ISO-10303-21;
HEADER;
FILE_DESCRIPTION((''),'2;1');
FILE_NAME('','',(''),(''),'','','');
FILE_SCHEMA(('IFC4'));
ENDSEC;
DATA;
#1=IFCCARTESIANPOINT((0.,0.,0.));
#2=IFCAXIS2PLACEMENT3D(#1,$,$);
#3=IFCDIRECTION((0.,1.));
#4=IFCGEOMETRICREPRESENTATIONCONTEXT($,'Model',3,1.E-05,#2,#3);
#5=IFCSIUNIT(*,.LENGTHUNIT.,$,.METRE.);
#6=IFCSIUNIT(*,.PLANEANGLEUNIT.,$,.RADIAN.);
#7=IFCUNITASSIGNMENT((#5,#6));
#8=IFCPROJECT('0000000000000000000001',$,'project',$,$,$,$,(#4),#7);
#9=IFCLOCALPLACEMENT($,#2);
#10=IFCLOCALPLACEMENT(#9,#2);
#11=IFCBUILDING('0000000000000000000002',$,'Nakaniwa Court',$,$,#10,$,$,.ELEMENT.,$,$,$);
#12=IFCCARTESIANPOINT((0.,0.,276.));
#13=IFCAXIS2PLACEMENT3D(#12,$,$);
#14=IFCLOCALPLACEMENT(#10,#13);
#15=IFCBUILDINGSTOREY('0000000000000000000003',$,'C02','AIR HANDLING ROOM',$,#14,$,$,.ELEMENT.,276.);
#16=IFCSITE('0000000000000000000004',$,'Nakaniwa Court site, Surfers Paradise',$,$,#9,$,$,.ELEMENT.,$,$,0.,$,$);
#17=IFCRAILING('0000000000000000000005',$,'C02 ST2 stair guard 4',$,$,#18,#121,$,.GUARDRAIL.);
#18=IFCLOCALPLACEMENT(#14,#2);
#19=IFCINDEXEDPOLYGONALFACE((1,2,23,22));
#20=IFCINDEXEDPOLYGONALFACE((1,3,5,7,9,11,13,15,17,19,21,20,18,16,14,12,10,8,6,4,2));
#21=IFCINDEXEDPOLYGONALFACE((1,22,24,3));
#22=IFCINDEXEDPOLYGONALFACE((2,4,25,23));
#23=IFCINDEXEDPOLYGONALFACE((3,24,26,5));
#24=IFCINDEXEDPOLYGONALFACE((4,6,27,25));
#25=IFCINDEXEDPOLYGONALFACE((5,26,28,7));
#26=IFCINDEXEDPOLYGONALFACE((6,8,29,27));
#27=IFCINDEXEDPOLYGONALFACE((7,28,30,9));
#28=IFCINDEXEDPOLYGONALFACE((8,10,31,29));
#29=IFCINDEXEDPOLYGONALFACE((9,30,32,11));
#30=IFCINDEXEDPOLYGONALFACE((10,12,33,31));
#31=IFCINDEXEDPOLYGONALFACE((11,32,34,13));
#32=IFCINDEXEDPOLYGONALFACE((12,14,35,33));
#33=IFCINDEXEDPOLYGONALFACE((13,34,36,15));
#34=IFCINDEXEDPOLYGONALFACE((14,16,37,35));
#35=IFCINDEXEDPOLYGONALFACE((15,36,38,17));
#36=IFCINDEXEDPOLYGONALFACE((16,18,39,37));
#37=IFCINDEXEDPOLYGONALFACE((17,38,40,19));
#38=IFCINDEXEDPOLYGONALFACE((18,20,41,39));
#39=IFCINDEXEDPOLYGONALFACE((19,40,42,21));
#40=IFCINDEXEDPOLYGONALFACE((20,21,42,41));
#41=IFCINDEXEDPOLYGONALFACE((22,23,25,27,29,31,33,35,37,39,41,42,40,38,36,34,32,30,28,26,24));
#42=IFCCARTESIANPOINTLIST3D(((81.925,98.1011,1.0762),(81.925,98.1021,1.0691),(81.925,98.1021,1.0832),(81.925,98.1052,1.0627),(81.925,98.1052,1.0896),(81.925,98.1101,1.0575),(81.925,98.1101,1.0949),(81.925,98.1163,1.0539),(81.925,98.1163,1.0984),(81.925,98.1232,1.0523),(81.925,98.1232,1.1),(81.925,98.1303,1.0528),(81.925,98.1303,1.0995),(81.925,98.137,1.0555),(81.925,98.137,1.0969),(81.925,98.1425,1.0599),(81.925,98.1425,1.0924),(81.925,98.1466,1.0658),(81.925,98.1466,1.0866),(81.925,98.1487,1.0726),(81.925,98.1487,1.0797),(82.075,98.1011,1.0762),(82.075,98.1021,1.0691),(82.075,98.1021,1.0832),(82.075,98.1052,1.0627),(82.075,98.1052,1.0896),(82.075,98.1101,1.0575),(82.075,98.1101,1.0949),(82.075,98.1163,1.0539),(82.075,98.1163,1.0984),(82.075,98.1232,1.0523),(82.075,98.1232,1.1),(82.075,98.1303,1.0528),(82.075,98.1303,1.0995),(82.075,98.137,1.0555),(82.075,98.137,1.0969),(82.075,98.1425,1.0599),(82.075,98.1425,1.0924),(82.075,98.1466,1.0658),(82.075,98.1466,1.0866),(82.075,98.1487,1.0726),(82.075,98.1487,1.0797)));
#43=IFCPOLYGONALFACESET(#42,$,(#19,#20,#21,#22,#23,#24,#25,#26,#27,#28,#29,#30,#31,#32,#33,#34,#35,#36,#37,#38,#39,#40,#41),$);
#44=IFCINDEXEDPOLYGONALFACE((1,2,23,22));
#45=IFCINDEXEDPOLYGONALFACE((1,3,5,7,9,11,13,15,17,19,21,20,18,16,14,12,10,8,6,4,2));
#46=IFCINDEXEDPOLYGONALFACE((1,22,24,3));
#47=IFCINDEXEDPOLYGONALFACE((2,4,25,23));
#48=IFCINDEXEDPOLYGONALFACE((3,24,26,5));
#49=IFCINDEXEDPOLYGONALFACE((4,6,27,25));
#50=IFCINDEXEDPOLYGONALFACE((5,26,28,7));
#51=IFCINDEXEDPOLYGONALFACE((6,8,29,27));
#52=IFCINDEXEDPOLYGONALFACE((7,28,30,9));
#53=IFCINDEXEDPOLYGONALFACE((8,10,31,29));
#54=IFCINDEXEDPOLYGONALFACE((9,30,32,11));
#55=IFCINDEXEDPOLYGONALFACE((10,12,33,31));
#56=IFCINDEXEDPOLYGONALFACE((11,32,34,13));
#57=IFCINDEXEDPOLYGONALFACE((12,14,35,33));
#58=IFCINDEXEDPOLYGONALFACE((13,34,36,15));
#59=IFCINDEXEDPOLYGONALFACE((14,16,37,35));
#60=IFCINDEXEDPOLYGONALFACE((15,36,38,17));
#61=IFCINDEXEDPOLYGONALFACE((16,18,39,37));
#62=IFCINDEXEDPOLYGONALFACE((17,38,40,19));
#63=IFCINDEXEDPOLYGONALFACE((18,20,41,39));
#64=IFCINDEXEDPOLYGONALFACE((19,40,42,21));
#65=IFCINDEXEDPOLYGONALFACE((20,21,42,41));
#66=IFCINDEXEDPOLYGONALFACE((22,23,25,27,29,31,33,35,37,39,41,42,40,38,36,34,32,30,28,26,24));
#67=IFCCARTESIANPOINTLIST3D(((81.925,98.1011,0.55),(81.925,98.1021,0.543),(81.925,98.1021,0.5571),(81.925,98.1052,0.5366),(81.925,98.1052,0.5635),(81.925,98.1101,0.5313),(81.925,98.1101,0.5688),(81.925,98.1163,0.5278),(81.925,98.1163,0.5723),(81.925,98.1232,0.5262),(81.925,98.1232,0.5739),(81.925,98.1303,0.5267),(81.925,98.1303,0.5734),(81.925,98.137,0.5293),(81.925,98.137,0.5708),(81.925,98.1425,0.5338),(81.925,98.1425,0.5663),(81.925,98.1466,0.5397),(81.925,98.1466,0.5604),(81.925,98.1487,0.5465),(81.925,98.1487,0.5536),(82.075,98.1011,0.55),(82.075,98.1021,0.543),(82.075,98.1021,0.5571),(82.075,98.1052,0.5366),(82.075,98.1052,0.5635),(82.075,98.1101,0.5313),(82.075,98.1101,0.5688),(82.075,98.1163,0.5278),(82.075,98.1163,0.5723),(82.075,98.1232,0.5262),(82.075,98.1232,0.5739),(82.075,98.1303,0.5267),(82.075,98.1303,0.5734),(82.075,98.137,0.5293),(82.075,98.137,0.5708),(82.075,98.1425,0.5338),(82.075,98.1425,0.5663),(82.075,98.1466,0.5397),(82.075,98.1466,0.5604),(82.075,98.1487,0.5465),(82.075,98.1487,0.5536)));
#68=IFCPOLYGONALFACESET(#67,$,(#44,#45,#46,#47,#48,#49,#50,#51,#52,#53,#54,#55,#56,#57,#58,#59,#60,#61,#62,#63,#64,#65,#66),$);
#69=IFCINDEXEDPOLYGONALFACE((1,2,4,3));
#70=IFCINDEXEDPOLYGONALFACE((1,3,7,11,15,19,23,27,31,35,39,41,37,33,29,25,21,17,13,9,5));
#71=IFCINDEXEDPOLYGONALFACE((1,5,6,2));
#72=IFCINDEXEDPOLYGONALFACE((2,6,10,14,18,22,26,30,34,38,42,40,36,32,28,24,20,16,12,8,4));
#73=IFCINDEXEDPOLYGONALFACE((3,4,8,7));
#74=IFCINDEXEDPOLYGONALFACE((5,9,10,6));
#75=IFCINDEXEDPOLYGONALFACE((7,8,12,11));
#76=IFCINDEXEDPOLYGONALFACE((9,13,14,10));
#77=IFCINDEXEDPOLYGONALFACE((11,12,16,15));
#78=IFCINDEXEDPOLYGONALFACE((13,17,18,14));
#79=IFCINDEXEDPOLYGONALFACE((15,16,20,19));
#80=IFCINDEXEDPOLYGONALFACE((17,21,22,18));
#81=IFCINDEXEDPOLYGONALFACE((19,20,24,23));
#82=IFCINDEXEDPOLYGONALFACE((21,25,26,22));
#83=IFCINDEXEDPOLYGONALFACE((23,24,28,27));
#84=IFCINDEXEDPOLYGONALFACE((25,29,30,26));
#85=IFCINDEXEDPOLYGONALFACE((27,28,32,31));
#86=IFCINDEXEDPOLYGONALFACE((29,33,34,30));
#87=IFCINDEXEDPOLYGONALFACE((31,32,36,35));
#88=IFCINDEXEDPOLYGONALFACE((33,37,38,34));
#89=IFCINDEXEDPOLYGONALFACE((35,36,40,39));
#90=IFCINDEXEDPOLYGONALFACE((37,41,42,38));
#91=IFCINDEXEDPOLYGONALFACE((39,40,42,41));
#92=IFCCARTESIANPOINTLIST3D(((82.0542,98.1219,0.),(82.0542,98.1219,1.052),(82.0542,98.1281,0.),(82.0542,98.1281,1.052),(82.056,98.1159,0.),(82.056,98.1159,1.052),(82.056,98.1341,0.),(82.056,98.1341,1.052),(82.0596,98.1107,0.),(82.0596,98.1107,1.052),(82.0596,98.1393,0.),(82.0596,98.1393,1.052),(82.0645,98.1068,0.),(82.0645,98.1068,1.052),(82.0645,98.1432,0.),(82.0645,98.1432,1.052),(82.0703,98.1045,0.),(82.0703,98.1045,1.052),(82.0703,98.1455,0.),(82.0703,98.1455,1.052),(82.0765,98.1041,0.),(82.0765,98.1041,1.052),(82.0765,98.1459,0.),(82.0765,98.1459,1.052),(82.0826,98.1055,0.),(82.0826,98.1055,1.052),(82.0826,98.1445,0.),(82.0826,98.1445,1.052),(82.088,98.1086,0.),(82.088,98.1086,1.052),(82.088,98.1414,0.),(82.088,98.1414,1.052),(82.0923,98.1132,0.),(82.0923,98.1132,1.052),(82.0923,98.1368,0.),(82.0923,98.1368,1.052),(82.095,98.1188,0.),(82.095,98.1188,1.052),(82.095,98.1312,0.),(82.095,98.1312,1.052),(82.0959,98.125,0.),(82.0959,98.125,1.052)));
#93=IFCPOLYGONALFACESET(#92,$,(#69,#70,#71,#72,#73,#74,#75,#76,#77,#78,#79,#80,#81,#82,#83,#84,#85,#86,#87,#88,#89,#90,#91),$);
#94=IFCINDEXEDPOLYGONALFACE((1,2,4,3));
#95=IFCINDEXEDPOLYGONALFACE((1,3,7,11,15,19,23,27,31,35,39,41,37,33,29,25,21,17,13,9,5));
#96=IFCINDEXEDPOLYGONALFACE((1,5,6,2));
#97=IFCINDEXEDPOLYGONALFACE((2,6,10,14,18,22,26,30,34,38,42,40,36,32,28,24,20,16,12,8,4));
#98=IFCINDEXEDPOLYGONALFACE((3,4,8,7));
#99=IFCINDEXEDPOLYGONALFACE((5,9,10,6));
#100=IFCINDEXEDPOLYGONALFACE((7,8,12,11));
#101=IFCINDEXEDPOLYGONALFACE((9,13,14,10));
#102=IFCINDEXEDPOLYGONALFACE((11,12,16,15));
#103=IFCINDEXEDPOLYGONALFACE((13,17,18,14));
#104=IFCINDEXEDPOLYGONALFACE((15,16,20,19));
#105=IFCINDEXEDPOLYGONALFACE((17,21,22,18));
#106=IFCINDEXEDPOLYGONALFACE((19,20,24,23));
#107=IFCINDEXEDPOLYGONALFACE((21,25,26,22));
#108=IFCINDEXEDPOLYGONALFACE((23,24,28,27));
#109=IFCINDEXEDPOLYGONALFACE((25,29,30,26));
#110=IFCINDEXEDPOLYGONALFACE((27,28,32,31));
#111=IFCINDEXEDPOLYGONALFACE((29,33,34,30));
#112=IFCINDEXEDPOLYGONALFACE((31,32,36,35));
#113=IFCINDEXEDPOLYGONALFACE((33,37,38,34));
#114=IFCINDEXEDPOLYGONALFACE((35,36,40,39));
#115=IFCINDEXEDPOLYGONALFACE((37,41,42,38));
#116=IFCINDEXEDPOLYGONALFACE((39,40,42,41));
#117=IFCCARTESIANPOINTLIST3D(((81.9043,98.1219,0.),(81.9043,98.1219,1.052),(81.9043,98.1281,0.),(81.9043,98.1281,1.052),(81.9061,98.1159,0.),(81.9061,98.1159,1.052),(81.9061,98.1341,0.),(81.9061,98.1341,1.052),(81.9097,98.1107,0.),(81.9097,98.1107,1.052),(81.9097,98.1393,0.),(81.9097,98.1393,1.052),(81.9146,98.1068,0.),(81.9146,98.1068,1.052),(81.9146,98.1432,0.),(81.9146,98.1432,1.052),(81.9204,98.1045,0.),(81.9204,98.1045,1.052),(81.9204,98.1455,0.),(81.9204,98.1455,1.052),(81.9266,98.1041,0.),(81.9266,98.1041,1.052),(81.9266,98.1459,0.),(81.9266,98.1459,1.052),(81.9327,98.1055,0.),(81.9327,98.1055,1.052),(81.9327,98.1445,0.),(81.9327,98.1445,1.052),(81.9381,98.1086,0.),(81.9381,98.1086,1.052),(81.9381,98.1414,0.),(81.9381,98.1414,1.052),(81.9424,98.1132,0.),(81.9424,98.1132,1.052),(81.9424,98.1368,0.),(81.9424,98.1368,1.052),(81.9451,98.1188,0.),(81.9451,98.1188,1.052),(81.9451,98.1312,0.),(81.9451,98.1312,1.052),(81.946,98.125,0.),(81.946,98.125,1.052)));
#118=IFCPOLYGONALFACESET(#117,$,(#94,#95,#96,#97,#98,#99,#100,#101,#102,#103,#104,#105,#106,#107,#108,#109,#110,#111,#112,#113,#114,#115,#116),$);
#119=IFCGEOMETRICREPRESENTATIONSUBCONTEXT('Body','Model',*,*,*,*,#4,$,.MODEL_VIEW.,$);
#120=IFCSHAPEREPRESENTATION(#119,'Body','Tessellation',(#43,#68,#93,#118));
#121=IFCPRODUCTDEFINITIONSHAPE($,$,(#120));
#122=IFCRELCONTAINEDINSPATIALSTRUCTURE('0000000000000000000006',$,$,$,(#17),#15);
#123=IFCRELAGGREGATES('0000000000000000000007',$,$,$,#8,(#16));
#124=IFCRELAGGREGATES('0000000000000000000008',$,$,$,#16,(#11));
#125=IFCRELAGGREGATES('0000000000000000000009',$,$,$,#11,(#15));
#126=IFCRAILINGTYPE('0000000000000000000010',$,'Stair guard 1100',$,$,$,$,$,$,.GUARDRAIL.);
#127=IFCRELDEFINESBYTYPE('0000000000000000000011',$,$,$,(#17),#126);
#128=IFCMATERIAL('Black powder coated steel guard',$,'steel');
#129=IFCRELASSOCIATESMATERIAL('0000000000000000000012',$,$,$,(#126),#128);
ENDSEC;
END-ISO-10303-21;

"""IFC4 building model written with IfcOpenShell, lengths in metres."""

from ifc_helpers import new_model, si_unit, direction, frame, origin, origin_2d, place, context, subcontext, project, spatial, circle, extrude, material, type_object, element, save


model = new_model("IFC4")

# Units and contexts
model_context = context("Model", 3, precision=1e-05, world=origin(), true_north=direction((0.0, 1.0)))
body_context = subcontext(model_context, "Body", "Model", "MODEL_VIEW")
ifc_project = project(units=[si_unit("LENGTHUNIT", "METRE"), si_unit("PLANEANGLEUNIT", "RADIAN")], contexts=[model_context])

# Site, building, storey
site_placement = place(None, origin())
site = spatial("IfcSite", under=ifc_project, at=site_placement, Name="Nakaniwa Court site, Surfers Paradise", CompositionType="ELEMENT", RefElevation=0.0)
building_placement = place(site_placement, origin())
building = spatial("IfcBuilding", under=site, at=building_placement, Name="Nakaniwa Court", CompositionType="ELEMENT")
storey_placement = place(building_placement, frame((0.0, 0.0, 276.0)))
storey = spatial("IfcBuildingStorey", under=building, at=storey_placement, Name="C02", Description="AIR HANDLING ROOM", CompositionType="ELEMENT", Elevation=276.0)

# Railing
ifc_material_1 = material(Name="Black powder coated steel guard", Category="steel")
railing_type_1 = type_object("IfcRailingType", Name="Stair guard 1100", PredefinedType="GUARDRAIL", material=ifc_material_1)
railing_1_placement = place(storey_placement, frame((82.075, 98.125, 0.0)))
element("IfcRailing", 1, at=railing_1_placement, inside=storey, type_object=railing_type_1, Name="C02 ST2 stair guard 4", PredefinedType="GUARDRAIL", context=body_context, shape_type="SweptSolid", body=[
    extrude(circle(Radius=0.0239, at=origin_2d()), frame((0.0, 0.0, 1.0762), z_axis=(-1.0, 0.0, 0.0), x_axis=(0.0, -1.0, 0.0)), (0.0, 0.0, 1.0), 0.1499),
    extrude(circle(Radius=0.0239, at=origin_2d()), frame((0.0, 0.0, 0.55), z_axis=(-1.0, 0.0, 0.0), x_axis=(0.0, -1.0, 0.0)), (0.0, 0.0, 1.0), 0.1499),
    extrude(circle(Radius=0.021, at=origin_2d()), origin(), (0.0, 0.0, 1.0), 1.052),
    extrude(circle(Radius=0.021, at=origin_2d()), frame((-0.1499, 0.0, 0.0)), (0.0, 0.0, 1.0), 1.052),
])

save(model, "model.ifc")
